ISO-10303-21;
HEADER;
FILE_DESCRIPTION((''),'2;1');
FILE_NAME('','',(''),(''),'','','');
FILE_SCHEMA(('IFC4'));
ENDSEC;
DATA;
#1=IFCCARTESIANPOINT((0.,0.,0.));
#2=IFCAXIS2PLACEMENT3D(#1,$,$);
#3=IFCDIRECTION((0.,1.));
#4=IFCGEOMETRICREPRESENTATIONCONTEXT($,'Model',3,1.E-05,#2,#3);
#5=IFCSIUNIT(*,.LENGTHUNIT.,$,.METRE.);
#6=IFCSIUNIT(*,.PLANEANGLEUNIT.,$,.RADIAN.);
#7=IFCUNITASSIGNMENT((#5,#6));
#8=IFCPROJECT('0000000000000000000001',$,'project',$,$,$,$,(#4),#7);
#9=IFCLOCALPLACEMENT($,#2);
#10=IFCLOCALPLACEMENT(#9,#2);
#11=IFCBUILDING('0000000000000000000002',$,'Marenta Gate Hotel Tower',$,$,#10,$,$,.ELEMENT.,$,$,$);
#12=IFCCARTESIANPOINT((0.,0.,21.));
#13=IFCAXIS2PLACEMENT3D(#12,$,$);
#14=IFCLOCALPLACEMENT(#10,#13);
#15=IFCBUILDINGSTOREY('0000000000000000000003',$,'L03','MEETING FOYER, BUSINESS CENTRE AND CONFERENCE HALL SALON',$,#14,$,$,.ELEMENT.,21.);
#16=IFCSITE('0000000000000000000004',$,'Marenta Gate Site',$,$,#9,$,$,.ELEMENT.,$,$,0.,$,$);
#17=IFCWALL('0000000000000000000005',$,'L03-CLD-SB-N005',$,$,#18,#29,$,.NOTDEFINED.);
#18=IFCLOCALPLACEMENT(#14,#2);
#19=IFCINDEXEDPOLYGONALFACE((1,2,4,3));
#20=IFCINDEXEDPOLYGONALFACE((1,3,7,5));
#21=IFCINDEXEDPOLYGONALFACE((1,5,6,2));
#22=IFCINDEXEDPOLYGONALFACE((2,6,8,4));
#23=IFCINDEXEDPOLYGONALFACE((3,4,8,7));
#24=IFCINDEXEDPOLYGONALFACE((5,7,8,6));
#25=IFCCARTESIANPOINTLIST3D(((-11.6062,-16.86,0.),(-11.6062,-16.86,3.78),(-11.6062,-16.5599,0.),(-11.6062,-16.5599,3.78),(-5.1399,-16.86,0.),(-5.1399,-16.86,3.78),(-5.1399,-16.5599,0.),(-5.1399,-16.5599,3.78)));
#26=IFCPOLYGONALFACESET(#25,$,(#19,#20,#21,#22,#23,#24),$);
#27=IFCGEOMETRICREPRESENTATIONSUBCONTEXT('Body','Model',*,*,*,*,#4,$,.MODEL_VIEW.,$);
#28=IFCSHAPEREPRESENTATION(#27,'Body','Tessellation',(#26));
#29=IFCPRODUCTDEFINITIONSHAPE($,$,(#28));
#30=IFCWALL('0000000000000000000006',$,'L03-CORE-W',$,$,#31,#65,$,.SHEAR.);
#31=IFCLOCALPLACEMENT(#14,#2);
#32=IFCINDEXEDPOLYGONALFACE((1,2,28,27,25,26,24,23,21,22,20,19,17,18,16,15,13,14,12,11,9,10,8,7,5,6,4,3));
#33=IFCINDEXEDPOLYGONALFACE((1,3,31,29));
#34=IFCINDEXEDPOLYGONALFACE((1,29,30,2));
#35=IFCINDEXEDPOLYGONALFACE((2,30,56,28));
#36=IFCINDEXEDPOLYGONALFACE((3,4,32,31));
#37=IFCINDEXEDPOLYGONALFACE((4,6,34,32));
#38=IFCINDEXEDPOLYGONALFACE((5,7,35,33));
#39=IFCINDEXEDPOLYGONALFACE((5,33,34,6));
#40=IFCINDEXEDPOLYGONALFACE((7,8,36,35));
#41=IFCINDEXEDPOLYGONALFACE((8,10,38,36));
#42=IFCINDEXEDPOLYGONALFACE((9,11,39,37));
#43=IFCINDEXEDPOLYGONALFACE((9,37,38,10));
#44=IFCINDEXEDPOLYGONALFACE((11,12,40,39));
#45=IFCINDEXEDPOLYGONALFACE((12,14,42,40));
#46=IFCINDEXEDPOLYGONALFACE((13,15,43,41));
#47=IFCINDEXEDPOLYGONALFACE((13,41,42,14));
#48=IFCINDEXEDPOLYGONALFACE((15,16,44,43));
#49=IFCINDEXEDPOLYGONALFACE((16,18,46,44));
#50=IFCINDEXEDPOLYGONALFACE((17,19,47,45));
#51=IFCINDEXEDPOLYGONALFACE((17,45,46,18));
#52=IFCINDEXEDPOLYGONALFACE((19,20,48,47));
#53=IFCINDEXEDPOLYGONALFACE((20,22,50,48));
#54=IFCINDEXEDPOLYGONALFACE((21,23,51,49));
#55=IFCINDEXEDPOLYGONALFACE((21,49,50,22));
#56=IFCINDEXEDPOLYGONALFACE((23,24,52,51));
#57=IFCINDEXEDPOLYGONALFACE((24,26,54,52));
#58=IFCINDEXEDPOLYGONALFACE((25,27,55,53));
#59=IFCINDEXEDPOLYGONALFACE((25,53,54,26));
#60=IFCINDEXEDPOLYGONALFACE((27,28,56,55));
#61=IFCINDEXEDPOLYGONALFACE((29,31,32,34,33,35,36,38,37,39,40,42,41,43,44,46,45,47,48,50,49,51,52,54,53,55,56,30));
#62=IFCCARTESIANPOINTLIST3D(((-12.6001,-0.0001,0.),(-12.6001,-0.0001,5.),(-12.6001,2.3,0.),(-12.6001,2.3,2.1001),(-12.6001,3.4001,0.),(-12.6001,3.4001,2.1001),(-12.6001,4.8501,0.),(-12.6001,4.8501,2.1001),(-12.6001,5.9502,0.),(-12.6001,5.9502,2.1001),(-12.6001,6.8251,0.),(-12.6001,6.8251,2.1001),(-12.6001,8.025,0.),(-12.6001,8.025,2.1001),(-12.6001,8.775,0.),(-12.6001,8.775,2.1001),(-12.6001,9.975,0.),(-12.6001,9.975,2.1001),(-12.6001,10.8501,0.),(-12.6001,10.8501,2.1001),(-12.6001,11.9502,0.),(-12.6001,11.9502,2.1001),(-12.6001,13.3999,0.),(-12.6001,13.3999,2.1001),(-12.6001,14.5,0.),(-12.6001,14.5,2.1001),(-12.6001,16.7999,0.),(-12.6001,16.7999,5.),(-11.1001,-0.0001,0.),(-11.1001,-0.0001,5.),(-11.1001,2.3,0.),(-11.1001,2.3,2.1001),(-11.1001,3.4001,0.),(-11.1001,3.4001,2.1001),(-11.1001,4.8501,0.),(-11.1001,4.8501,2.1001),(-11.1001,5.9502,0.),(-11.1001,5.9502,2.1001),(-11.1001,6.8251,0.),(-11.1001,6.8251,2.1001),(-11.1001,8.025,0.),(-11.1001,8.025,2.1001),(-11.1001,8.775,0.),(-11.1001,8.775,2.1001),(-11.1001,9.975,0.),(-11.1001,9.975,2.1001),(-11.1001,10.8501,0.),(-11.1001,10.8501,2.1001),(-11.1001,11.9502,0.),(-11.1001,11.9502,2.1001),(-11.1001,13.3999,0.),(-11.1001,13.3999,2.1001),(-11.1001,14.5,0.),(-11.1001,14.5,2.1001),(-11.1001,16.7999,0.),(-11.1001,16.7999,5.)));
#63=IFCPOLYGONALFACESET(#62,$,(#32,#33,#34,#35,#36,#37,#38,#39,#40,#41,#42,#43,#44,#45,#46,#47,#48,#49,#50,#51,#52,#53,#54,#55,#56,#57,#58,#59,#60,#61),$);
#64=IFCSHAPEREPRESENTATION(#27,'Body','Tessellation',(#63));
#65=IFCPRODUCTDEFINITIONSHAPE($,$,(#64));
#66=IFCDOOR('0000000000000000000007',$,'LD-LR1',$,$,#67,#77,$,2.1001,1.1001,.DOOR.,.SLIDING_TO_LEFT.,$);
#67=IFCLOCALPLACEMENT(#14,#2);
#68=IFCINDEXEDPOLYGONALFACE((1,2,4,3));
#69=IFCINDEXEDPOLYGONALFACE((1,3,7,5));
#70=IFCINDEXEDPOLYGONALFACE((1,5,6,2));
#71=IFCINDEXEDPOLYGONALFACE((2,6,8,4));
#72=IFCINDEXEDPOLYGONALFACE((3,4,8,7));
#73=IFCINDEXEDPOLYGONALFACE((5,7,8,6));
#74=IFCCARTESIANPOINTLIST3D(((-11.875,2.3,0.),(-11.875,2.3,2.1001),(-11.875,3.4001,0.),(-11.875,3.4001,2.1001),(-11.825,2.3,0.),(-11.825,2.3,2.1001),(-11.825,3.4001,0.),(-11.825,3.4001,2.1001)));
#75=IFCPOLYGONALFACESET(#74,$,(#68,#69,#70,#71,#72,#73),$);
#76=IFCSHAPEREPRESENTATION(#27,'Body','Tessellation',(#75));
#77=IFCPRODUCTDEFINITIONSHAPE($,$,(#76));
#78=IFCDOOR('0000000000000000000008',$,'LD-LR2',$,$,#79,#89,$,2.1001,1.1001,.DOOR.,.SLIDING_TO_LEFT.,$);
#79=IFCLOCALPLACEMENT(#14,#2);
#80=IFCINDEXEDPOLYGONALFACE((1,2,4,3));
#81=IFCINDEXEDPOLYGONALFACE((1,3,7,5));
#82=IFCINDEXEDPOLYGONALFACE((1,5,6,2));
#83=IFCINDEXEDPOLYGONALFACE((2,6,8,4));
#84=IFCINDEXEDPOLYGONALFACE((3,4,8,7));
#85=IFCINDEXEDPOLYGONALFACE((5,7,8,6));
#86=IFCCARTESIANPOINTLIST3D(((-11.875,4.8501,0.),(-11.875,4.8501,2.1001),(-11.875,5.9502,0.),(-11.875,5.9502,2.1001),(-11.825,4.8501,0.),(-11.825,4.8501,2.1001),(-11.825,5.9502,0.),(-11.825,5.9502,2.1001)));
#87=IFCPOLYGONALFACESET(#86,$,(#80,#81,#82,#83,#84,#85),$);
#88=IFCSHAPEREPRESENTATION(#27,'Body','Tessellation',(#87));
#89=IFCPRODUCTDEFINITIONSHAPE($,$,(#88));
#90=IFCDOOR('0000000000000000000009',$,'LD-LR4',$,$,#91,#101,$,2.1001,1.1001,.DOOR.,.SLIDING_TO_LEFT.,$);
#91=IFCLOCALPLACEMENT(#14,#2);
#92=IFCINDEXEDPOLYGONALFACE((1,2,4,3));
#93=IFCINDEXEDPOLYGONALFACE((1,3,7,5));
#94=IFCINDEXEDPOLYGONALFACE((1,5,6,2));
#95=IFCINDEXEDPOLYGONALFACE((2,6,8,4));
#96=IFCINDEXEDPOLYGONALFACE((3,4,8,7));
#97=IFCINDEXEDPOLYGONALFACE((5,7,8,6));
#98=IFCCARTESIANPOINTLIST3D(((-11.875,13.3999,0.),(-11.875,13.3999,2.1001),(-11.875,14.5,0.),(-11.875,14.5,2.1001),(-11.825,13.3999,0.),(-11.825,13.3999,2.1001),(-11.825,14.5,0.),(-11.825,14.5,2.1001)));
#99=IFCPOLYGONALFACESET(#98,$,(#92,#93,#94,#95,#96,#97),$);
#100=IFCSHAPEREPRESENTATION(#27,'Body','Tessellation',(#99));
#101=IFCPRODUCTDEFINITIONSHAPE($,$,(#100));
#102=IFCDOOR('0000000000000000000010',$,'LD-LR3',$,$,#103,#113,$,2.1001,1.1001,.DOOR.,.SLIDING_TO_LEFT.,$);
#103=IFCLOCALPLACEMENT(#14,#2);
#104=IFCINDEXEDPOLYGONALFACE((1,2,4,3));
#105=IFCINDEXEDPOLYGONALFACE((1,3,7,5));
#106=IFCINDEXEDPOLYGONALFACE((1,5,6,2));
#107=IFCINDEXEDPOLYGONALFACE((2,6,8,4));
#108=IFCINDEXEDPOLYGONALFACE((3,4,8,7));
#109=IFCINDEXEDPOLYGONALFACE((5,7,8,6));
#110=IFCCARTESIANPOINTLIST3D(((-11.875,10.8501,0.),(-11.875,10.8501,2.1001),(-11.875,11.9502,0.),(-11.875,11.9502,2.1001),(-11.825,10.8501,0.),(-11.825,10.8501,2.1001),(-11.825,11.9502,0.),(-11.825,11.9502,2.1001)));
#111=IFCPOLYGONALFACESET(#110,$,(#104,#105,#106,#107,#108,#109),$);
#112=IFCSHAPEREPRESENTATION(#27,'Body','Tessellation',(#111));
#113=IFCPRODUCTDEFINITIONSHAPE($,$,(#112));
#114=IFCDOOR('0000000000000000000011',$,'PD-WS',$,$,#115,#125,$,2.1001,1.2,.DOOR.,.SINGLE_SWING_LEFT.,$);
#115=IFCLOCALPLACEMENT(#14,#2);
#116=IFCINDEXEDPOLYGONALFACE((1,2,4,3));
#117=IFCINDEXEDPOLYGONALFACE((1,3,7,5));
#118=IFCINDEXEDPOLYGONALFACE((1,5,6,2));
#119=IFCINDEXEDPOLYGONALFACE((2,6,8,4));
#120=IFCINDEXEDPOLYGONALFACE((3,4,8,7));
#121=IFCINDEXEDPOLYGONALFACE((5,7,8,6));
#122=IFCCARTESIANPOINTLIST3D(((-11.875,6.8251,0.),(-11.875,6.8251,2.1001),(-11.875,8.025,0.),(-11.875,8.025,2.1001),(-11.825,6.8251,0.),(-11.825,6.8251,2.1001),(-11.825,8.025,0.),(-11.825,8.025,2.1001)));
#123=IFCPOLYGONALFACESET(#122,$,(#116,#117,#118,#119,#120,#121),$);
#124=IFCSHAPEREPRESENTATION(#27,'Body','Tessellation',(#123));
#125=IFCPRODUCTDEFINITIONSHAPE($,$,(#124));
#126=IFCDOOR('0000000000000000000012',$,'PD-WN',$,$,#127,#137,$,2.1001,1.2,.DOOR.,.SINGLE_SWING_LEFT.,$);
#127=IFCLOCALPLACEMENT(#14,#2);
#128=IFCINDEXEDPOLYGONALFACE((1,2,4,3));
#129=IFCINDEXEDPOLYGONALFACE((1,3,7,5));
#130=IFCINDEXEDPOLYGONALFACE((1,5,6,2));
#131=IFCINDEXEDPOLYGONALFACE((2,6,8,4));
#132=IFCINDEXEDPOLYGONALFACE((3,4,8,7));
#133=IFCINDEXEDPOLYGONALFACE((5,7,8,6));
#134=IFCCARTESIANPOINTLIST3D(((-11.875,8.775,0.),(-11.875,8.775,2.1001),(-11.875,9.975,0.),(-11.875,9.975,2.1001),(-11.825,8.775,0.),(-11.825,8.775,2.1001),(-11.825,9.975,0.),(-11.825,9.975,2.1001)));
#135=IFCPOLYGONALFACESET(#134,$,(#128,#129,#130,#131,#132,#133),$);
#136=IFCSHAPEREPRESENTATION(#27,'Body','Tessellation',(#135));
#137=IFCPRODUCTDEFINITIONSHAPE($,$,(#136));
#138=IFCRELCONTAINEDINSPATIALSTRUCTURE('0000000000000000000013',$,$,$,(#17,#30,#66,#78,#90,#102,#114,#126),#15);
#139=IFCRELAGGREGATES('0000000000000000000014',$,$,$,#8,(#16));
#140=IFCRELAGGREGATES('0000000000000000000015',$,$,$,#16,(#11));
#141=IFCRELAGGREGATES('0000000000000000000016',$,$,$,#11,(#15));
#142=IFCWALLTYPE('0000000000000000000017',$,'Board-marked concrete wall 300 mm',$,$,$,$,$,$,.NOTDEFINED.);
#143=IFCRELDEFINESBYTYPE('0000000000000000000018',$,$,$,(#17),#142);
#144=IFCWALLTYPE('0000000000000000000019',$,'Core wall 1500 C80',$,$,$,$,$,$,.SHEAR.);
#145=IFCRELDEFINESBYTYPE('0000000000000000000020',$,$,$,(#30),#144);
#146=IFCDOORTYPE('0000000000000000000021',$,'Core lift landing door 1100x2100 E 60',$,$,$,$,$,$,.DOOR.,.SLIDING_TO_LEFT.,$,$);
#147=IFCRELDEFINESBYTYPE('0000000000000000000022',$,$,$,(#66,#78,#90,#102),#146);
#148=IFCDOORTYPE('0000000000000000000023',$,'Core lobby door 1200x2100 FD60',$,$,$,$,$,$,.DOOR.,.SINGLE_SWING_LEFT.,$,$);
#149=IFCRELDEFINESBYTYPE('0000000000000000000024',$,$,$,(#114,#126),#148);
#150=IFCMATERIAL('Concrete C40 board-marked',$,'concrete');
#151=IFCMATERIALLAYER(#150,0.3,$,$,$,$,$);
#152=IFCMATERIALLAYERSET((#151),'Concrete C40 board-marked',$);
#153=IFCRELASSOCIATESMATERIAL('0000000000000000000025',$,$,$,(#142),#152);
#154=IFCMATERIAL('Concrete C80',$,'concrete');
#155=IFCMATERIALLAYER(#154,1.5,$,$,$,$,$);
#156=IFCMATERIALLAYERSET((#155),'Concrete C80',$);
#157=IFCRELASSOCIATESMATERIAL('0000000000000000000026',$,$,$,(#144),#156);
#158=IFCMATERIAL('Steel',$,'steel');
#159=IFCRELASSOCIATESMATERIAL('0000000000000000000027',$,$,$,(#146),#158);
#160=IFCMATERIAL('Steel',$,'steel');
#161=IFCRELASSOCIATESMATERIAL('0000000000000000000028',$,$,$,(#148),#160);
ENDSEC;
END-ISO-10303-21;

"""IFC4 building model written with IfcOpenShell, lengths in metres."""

from ifc_helpers import new_model, si_unit, direction, frame, frame_2d, origin, place, context, subcontext, project, spatial, rectangle, extrude, material, layer, layer_set, type_object, element, fill, save


model = new_model("IFC4")

# Units and contexts
model_context = context("Model", 3, precision=1e-05, world=origin(), true_north=direction((0.0, 1.0)))
body_context = subcontext(model_context, "Body", "Model", "MODEL_VIEW")
ifc_project = project(units=[si_unit("LENGTHUNIT", "METRE"), si_unit("PLANEANGLEUNIT", "RADIAN")], contexts=[model_context])

# Site, building, storey
site_placement = place(None, origin())
site = spatial("IfcSite", under=ifc_project, at=site_placement, Name="Marenta Gate Site", CompositionType="ELEMENT", RefElevation=0.0)
building_placement = place(site_placement, origin())
building = spatial("IfcBuilding", under=site, at=building_placement, Name="Marenta Gate Hotel Tower", CompositionType="ELEMENT")
storey_placement = place(building_placement, frame((0.0, 0.0, 21.0)))
storey = spatial("IfcBuildingStorey", under=building, at=storey_placement, Name="L03", Description="MEETING FOYER, BUSINESS CENTRE AND CONFERENCE HALL SALON", CompositionType="ELEMENT", Elevation=21.0)

# Wall
ifc_material_1 = material(Name="Concrete C40 board-marked", Category="concrete")
ifc_layer_1 = layer(ifc_material_1, 0.3)
ifc_layer_set_1 = layer_set([ifc_layer_1], Name="Concrete C40 board-marked")
wall_type_1 = type_object("IfcWallType", Name="Board-marked concrete wall 300 mm", PredefinedType="NOTDEFINED", material=ifc_layer_set_1)
wall_1_placement = place(storey_placement, frame((-5.1399, -16.71, 0.0), z_axis=(0.0, 0.0, 1.0), x_axis=(-1.0, 0.0, 0.0)))
element("IfcWall", 1, at=wall_1_placement, inside=storey, type_object=wall_type_1, Name="L03-CLD-SB-N005", PredefinedType="NOTDEFINED", context=body_context, shape_type="SweptSolid", body=[
    extrude(rectangle(XDim=6.4663, YDim=0.3, at=frame_2d((3.2332, 0.0))), origin(), (0.0, 0.0, 1.0), 3.78),
])

# Wall, openings, doors
ifc_material_2 = material(Name="Concrete C80", Category="concrete")
ifc_layer_2 = layer(ifc_material_2, 1.5)
ifc_layer_set_2 = layer_set([ifc_layer_2], Name="Concrete C80")
wall_type_2 = type_object("IfcWallType", Name="Core wall 1500 C80", PredefinedType="SHEAR", material=ifc_layer_set_2)
wall_2_placement = place(storey_placement, frame((-11.8501, 0.0, 0.0), z_axis=(0.0, 0.0, 1.0), x_axis=(0.0, 1.0, 0.0)))
wall_2 = element("IfcWall", 2, at=wall_2_placement, inside=storey, type_object=wall_type_2, Name="L03-CORE-W", PredefinedType="SHEAR", context=body_context, shape_type="SweptSolid", body=[
    extrude(rectangle(XDim=16.8, YDim=1.5, at=frame_2d((8.3999, 0.0))), origin(), (0.0, 0.0, 1.0), 5.0),
])
opening_1_placement = place(wall_2_placement, frame((2.3, 0.0, 0.0)))
opening_1 = element("IfcOpeningElement", 3, at=opening_1_placement, cuts=wall_2, PredefinedType="OPENING", context=body_context, shape_type="SweptSolid", body=[
    extrude(rectangle(XDim=1.1001, YDim=2.1001, at=frame_2d((0.55, 1.05))), frame((0.0, 0.75, 0.0), z_axis=(0.0, -1.0, 0.0), x_axis=(1.0, 0.0, 0.0)), (0.0, 0.0, 1.0), 1.5),
])
opening_2_placement = place(wall_2_placement, frame((4.8501, 0.0, 0.0)))
opening_2 = element("IfcOpeningElement", 4, at=opening_2_placement, cuts=wall_2, PredefinedType="OPENING", context=body_context, shape_type="SweptSolid", body=[
    extrude(rectangle(XDim=1.1001, YDim=2.1001, at=frame_2d((0.55, 1.05))), frame((0.0, 0.75, 0.0), z_axis=(0.0, -1.0, 0.0), x_axis=(1.0, 0.0, 0.0)), (0.0, 0.0, 1.0), 1.5),
])
opening_3_placement = place(wall_2_placement, frame((6.825, 0.0, 0.0)))
opening_3 = element("IfcOpeningElement", 5, at=opening_3_placement, cuts=wall_2, PredefinedType="OPENING", context=body_context, shape_type="SweptSolid", body=[
    extrude(rectangle(XDim=1.2, YDim=2.1001, at=frame_2d((0.6001, 1.05))), frame((0.0, 0.75, 0.0), z_axis=(0.0, -1.0, 0.0), x_axis=(1.0, 0.0, 0.0)), (0.0, 0.0, 1.0), 1.5),
])
opening_4_placement = place(wall_2_placement, frame((13.3999, 0.0, 0.0)))
opening_4 = element("IfcOpeningElement", 6, at=opening_4_placement, cuts=wall_2, PredefinedType="OPENING", context=body_context, shape_type="SweptSolid", body=[
    extrude(rectangle(XDim=1.1001, YDim=2.1001, at=frame_2d((0.55, 1.05))), frame((0.0, 0.75, 0.0), z_axis=(0.0, -1.0, 0.0), x_axis=(1.0, 0.0, 0.0)), (0.0, 0.0, 1.0), 1.5),
])
opening_5_placement = place(wall_2_placement, frame((10.8501, 0.0, 0.0)))
opening_5 = element("IfcOpeningElement", 7, at=opening_5_placement, cuts=wall_2, PredefinedType="OPENING", context=body_context, shape_type="SweptSolid", body=[
    extrude(rectangle(XDim=1.1001, YDim=2.1001, at=frame_2d((0.55, 1.05))), frame((0.0, 0.75, 0.0), z_axis=(0.0, -1.0, 0.0), x_axis=(1.0, 0.0, 0.0)), (0.0, 0.0, 1.0), 1.5),
])
opening_6_placement = place(wall_2_placement, frame((8.7749, 0.0, 0.0)))
opening_6 = element("IfcOpeningElement", 8, at=opening_6_placement, cuts=wall_2, PredefinedType="OPENING", context=body_context, shape_type="SweptSolid", body=[
    extrude(rectangle(XDim=1.2, YDim=2.1001, at=frame_2d((0.6001, 1.05))), frame((0.0, 0.75, 0.0), z_axis=(0.0, -1.0, 0.0), x_axis=(1.0, 0.0, 0.0)), (0.0, 0.0, 1.0), 1.5),
])
ifc_material_3 = material(Name="Steel", Category="steel")
door_type_1 = type_object("IfcDoorType", Name="Core lift landing door 1100x2100 E 60", OperationType="SLIDING_TO_LEFT", PredefinedType="DOOR", material=ifc_material_3)
door_1_placement = place(opening_1_placement, origin())
door_1 = element("IfcDoor", 9, at=door_1_placement, inside=storey, type_object=door_type_1, Name="LD-LR1", OperationType="SLIDING_TO_LEFT", OverallHeight=2.1001, OverallWidth=1.1001, PredefinedType="DOOR", context=body_context, shape_type="SweptSolid", body=[
    extrude(rectangle(XDim=1.1001, YDim=2.1001, at=frame_2d((0.55, 1.05))), frame((0.0, 0.0249, 0.0), z_axis=(0.0, -1.0, 0.0), x_axis=(1.0, 0.0, 0.0)), (0.0, 0.0, 1.0), 0.05),
])
fill(opening_1, door_1)
door_2_placement = place(opening_2_placement, origin())
door_2 = element("IfcDoor", 10, at=door_2_placement, inside=storey, type_object=door_type_1, Name="LD-LR2", OperationType="SLIDING_TO_LEFT", OverallHeight=2.1001, OverallWidth=1.1001, PredefinedType="DOOR", context=body_context, shape_type="SweptSolid", body=[
    extrude(rectangle(XDim=1.1001, YDim=2.1001, at=frame_2d((0.55, 1.05))), frame((0.0, 0.0249, 0.0), z_axis=(0.0, -1.0, 0.0), x_axis=(1.0, 0.0, 0.0)), (0.0, 0.0, 1.0), 0.05),
])
fill(opening_2, door_2)
door_3_placement = place(opening_4_placement, origin())
door_3 = element("IfcDoor", 11, at=door_3_placement, inside=storey, type_object=door_type_1, Name="LD-LR4", OperationType="SLIDING_TO_LEFT", OverallHeight=2.1001, OverallWidth=1.1001, PredefinedType="DOOR", context=body_context, shape_type="SweptSolid", body=[
    extrude(rectangle(XDim=1.1001, YDim=2.1001, at=frame_2d((0.55, 1.05))), frame((0.0, 0.0249, 0.0), z_axis=(0.0, -1.0, 0.0), x_axis=(1.0, 0.0, 0.0)), (0.0, 0.0, 1.0), 0.05),
])
fill(opening_4, door_3)
door_4_placement = place(opening_5_placement, origin())
door_4 = element("IfcDoor", 12, at=door_4_placement, inside=storey, type_object=door_type_1, Name="LD-LR3", OperationType="SLIDING_TO_LEFT", OverallHeight=2.1001, OverallWidth=1.1001, PredefinedType="DOOR", context=body_context, shape_type="SweptSolid", body=[
    extrude(rectangle(XDim=1.1001, YDim=2.1001, at=frame_2d((0.55, 1.05))), frame((0.0, 0.0249, 0.0), z_axis=(0.0, -1.0, 0.0), x_axis=(1.0, 0.0, 0.0)), (0.0, 0.0, 1.0), 0.05),
])
fill(opening_5, door_4)
ifc_material_4 = material(Name="Steel", Category="steel")
door_type_2 = type_object("IfcDoorType", Name="Core lobby door 1200x2100 FD60", OperationType="SINGLE_SWING_LEFT", PredefinedType="DOOR", material=ifc_material_4)
door_5_placement = place(opening_3_placement, origin())
door_5 = element("IfcDoor", 13, at=door_5_placement, inside=storey, type_object=door_type_2, Name="PD-WS", OperationType="SINGLE_SWING_LEFT", OverallHeight=2.1001, OverallWidth=1.2, PredefinedType="DOOR", context=body_context, shape_type="SweptSolid", body=[
    extrude(rectangle(XDim=1.2, YDim=2.1001, at=frame_2d((0.6001, 1.05))), frame((0.0, 0.0249, 0.0), z_axis=(0.0, -1.0, 0.0), x_axis=(1.0, 0.0, 0.0)), (0.0, 0.0, 1.0), 0.05),
])
fill(opening_3, door_5)
door_6_placement = place(opening_6_placement, origin())
door_6 = element("IfcDoor", 14, at=door_6_placement, inside=storey, type_object=door_type_2, Name="PD-WN", OperationType="SINGLE_SWING_LEFT", OverallHeight=2.1001, OverallWidth=1.2, PredefinedType="DOOR", context=body_context, shape_type="SweptSolid", body=[
    extrude(rectangle(XDim=1.2, YDim=2.1001, at=frame_2d((0.6001, 1.05))), frame((0.0, 0.0249, 0.0), z_axis=(0.0, -1.0, 0.0), x_axis=(1.0, 0.0, 0.0)), (0.0, 0.0, 1.0), 0.05),
])
fill(opening_6, door_6)

save(model, "model.ifc")
